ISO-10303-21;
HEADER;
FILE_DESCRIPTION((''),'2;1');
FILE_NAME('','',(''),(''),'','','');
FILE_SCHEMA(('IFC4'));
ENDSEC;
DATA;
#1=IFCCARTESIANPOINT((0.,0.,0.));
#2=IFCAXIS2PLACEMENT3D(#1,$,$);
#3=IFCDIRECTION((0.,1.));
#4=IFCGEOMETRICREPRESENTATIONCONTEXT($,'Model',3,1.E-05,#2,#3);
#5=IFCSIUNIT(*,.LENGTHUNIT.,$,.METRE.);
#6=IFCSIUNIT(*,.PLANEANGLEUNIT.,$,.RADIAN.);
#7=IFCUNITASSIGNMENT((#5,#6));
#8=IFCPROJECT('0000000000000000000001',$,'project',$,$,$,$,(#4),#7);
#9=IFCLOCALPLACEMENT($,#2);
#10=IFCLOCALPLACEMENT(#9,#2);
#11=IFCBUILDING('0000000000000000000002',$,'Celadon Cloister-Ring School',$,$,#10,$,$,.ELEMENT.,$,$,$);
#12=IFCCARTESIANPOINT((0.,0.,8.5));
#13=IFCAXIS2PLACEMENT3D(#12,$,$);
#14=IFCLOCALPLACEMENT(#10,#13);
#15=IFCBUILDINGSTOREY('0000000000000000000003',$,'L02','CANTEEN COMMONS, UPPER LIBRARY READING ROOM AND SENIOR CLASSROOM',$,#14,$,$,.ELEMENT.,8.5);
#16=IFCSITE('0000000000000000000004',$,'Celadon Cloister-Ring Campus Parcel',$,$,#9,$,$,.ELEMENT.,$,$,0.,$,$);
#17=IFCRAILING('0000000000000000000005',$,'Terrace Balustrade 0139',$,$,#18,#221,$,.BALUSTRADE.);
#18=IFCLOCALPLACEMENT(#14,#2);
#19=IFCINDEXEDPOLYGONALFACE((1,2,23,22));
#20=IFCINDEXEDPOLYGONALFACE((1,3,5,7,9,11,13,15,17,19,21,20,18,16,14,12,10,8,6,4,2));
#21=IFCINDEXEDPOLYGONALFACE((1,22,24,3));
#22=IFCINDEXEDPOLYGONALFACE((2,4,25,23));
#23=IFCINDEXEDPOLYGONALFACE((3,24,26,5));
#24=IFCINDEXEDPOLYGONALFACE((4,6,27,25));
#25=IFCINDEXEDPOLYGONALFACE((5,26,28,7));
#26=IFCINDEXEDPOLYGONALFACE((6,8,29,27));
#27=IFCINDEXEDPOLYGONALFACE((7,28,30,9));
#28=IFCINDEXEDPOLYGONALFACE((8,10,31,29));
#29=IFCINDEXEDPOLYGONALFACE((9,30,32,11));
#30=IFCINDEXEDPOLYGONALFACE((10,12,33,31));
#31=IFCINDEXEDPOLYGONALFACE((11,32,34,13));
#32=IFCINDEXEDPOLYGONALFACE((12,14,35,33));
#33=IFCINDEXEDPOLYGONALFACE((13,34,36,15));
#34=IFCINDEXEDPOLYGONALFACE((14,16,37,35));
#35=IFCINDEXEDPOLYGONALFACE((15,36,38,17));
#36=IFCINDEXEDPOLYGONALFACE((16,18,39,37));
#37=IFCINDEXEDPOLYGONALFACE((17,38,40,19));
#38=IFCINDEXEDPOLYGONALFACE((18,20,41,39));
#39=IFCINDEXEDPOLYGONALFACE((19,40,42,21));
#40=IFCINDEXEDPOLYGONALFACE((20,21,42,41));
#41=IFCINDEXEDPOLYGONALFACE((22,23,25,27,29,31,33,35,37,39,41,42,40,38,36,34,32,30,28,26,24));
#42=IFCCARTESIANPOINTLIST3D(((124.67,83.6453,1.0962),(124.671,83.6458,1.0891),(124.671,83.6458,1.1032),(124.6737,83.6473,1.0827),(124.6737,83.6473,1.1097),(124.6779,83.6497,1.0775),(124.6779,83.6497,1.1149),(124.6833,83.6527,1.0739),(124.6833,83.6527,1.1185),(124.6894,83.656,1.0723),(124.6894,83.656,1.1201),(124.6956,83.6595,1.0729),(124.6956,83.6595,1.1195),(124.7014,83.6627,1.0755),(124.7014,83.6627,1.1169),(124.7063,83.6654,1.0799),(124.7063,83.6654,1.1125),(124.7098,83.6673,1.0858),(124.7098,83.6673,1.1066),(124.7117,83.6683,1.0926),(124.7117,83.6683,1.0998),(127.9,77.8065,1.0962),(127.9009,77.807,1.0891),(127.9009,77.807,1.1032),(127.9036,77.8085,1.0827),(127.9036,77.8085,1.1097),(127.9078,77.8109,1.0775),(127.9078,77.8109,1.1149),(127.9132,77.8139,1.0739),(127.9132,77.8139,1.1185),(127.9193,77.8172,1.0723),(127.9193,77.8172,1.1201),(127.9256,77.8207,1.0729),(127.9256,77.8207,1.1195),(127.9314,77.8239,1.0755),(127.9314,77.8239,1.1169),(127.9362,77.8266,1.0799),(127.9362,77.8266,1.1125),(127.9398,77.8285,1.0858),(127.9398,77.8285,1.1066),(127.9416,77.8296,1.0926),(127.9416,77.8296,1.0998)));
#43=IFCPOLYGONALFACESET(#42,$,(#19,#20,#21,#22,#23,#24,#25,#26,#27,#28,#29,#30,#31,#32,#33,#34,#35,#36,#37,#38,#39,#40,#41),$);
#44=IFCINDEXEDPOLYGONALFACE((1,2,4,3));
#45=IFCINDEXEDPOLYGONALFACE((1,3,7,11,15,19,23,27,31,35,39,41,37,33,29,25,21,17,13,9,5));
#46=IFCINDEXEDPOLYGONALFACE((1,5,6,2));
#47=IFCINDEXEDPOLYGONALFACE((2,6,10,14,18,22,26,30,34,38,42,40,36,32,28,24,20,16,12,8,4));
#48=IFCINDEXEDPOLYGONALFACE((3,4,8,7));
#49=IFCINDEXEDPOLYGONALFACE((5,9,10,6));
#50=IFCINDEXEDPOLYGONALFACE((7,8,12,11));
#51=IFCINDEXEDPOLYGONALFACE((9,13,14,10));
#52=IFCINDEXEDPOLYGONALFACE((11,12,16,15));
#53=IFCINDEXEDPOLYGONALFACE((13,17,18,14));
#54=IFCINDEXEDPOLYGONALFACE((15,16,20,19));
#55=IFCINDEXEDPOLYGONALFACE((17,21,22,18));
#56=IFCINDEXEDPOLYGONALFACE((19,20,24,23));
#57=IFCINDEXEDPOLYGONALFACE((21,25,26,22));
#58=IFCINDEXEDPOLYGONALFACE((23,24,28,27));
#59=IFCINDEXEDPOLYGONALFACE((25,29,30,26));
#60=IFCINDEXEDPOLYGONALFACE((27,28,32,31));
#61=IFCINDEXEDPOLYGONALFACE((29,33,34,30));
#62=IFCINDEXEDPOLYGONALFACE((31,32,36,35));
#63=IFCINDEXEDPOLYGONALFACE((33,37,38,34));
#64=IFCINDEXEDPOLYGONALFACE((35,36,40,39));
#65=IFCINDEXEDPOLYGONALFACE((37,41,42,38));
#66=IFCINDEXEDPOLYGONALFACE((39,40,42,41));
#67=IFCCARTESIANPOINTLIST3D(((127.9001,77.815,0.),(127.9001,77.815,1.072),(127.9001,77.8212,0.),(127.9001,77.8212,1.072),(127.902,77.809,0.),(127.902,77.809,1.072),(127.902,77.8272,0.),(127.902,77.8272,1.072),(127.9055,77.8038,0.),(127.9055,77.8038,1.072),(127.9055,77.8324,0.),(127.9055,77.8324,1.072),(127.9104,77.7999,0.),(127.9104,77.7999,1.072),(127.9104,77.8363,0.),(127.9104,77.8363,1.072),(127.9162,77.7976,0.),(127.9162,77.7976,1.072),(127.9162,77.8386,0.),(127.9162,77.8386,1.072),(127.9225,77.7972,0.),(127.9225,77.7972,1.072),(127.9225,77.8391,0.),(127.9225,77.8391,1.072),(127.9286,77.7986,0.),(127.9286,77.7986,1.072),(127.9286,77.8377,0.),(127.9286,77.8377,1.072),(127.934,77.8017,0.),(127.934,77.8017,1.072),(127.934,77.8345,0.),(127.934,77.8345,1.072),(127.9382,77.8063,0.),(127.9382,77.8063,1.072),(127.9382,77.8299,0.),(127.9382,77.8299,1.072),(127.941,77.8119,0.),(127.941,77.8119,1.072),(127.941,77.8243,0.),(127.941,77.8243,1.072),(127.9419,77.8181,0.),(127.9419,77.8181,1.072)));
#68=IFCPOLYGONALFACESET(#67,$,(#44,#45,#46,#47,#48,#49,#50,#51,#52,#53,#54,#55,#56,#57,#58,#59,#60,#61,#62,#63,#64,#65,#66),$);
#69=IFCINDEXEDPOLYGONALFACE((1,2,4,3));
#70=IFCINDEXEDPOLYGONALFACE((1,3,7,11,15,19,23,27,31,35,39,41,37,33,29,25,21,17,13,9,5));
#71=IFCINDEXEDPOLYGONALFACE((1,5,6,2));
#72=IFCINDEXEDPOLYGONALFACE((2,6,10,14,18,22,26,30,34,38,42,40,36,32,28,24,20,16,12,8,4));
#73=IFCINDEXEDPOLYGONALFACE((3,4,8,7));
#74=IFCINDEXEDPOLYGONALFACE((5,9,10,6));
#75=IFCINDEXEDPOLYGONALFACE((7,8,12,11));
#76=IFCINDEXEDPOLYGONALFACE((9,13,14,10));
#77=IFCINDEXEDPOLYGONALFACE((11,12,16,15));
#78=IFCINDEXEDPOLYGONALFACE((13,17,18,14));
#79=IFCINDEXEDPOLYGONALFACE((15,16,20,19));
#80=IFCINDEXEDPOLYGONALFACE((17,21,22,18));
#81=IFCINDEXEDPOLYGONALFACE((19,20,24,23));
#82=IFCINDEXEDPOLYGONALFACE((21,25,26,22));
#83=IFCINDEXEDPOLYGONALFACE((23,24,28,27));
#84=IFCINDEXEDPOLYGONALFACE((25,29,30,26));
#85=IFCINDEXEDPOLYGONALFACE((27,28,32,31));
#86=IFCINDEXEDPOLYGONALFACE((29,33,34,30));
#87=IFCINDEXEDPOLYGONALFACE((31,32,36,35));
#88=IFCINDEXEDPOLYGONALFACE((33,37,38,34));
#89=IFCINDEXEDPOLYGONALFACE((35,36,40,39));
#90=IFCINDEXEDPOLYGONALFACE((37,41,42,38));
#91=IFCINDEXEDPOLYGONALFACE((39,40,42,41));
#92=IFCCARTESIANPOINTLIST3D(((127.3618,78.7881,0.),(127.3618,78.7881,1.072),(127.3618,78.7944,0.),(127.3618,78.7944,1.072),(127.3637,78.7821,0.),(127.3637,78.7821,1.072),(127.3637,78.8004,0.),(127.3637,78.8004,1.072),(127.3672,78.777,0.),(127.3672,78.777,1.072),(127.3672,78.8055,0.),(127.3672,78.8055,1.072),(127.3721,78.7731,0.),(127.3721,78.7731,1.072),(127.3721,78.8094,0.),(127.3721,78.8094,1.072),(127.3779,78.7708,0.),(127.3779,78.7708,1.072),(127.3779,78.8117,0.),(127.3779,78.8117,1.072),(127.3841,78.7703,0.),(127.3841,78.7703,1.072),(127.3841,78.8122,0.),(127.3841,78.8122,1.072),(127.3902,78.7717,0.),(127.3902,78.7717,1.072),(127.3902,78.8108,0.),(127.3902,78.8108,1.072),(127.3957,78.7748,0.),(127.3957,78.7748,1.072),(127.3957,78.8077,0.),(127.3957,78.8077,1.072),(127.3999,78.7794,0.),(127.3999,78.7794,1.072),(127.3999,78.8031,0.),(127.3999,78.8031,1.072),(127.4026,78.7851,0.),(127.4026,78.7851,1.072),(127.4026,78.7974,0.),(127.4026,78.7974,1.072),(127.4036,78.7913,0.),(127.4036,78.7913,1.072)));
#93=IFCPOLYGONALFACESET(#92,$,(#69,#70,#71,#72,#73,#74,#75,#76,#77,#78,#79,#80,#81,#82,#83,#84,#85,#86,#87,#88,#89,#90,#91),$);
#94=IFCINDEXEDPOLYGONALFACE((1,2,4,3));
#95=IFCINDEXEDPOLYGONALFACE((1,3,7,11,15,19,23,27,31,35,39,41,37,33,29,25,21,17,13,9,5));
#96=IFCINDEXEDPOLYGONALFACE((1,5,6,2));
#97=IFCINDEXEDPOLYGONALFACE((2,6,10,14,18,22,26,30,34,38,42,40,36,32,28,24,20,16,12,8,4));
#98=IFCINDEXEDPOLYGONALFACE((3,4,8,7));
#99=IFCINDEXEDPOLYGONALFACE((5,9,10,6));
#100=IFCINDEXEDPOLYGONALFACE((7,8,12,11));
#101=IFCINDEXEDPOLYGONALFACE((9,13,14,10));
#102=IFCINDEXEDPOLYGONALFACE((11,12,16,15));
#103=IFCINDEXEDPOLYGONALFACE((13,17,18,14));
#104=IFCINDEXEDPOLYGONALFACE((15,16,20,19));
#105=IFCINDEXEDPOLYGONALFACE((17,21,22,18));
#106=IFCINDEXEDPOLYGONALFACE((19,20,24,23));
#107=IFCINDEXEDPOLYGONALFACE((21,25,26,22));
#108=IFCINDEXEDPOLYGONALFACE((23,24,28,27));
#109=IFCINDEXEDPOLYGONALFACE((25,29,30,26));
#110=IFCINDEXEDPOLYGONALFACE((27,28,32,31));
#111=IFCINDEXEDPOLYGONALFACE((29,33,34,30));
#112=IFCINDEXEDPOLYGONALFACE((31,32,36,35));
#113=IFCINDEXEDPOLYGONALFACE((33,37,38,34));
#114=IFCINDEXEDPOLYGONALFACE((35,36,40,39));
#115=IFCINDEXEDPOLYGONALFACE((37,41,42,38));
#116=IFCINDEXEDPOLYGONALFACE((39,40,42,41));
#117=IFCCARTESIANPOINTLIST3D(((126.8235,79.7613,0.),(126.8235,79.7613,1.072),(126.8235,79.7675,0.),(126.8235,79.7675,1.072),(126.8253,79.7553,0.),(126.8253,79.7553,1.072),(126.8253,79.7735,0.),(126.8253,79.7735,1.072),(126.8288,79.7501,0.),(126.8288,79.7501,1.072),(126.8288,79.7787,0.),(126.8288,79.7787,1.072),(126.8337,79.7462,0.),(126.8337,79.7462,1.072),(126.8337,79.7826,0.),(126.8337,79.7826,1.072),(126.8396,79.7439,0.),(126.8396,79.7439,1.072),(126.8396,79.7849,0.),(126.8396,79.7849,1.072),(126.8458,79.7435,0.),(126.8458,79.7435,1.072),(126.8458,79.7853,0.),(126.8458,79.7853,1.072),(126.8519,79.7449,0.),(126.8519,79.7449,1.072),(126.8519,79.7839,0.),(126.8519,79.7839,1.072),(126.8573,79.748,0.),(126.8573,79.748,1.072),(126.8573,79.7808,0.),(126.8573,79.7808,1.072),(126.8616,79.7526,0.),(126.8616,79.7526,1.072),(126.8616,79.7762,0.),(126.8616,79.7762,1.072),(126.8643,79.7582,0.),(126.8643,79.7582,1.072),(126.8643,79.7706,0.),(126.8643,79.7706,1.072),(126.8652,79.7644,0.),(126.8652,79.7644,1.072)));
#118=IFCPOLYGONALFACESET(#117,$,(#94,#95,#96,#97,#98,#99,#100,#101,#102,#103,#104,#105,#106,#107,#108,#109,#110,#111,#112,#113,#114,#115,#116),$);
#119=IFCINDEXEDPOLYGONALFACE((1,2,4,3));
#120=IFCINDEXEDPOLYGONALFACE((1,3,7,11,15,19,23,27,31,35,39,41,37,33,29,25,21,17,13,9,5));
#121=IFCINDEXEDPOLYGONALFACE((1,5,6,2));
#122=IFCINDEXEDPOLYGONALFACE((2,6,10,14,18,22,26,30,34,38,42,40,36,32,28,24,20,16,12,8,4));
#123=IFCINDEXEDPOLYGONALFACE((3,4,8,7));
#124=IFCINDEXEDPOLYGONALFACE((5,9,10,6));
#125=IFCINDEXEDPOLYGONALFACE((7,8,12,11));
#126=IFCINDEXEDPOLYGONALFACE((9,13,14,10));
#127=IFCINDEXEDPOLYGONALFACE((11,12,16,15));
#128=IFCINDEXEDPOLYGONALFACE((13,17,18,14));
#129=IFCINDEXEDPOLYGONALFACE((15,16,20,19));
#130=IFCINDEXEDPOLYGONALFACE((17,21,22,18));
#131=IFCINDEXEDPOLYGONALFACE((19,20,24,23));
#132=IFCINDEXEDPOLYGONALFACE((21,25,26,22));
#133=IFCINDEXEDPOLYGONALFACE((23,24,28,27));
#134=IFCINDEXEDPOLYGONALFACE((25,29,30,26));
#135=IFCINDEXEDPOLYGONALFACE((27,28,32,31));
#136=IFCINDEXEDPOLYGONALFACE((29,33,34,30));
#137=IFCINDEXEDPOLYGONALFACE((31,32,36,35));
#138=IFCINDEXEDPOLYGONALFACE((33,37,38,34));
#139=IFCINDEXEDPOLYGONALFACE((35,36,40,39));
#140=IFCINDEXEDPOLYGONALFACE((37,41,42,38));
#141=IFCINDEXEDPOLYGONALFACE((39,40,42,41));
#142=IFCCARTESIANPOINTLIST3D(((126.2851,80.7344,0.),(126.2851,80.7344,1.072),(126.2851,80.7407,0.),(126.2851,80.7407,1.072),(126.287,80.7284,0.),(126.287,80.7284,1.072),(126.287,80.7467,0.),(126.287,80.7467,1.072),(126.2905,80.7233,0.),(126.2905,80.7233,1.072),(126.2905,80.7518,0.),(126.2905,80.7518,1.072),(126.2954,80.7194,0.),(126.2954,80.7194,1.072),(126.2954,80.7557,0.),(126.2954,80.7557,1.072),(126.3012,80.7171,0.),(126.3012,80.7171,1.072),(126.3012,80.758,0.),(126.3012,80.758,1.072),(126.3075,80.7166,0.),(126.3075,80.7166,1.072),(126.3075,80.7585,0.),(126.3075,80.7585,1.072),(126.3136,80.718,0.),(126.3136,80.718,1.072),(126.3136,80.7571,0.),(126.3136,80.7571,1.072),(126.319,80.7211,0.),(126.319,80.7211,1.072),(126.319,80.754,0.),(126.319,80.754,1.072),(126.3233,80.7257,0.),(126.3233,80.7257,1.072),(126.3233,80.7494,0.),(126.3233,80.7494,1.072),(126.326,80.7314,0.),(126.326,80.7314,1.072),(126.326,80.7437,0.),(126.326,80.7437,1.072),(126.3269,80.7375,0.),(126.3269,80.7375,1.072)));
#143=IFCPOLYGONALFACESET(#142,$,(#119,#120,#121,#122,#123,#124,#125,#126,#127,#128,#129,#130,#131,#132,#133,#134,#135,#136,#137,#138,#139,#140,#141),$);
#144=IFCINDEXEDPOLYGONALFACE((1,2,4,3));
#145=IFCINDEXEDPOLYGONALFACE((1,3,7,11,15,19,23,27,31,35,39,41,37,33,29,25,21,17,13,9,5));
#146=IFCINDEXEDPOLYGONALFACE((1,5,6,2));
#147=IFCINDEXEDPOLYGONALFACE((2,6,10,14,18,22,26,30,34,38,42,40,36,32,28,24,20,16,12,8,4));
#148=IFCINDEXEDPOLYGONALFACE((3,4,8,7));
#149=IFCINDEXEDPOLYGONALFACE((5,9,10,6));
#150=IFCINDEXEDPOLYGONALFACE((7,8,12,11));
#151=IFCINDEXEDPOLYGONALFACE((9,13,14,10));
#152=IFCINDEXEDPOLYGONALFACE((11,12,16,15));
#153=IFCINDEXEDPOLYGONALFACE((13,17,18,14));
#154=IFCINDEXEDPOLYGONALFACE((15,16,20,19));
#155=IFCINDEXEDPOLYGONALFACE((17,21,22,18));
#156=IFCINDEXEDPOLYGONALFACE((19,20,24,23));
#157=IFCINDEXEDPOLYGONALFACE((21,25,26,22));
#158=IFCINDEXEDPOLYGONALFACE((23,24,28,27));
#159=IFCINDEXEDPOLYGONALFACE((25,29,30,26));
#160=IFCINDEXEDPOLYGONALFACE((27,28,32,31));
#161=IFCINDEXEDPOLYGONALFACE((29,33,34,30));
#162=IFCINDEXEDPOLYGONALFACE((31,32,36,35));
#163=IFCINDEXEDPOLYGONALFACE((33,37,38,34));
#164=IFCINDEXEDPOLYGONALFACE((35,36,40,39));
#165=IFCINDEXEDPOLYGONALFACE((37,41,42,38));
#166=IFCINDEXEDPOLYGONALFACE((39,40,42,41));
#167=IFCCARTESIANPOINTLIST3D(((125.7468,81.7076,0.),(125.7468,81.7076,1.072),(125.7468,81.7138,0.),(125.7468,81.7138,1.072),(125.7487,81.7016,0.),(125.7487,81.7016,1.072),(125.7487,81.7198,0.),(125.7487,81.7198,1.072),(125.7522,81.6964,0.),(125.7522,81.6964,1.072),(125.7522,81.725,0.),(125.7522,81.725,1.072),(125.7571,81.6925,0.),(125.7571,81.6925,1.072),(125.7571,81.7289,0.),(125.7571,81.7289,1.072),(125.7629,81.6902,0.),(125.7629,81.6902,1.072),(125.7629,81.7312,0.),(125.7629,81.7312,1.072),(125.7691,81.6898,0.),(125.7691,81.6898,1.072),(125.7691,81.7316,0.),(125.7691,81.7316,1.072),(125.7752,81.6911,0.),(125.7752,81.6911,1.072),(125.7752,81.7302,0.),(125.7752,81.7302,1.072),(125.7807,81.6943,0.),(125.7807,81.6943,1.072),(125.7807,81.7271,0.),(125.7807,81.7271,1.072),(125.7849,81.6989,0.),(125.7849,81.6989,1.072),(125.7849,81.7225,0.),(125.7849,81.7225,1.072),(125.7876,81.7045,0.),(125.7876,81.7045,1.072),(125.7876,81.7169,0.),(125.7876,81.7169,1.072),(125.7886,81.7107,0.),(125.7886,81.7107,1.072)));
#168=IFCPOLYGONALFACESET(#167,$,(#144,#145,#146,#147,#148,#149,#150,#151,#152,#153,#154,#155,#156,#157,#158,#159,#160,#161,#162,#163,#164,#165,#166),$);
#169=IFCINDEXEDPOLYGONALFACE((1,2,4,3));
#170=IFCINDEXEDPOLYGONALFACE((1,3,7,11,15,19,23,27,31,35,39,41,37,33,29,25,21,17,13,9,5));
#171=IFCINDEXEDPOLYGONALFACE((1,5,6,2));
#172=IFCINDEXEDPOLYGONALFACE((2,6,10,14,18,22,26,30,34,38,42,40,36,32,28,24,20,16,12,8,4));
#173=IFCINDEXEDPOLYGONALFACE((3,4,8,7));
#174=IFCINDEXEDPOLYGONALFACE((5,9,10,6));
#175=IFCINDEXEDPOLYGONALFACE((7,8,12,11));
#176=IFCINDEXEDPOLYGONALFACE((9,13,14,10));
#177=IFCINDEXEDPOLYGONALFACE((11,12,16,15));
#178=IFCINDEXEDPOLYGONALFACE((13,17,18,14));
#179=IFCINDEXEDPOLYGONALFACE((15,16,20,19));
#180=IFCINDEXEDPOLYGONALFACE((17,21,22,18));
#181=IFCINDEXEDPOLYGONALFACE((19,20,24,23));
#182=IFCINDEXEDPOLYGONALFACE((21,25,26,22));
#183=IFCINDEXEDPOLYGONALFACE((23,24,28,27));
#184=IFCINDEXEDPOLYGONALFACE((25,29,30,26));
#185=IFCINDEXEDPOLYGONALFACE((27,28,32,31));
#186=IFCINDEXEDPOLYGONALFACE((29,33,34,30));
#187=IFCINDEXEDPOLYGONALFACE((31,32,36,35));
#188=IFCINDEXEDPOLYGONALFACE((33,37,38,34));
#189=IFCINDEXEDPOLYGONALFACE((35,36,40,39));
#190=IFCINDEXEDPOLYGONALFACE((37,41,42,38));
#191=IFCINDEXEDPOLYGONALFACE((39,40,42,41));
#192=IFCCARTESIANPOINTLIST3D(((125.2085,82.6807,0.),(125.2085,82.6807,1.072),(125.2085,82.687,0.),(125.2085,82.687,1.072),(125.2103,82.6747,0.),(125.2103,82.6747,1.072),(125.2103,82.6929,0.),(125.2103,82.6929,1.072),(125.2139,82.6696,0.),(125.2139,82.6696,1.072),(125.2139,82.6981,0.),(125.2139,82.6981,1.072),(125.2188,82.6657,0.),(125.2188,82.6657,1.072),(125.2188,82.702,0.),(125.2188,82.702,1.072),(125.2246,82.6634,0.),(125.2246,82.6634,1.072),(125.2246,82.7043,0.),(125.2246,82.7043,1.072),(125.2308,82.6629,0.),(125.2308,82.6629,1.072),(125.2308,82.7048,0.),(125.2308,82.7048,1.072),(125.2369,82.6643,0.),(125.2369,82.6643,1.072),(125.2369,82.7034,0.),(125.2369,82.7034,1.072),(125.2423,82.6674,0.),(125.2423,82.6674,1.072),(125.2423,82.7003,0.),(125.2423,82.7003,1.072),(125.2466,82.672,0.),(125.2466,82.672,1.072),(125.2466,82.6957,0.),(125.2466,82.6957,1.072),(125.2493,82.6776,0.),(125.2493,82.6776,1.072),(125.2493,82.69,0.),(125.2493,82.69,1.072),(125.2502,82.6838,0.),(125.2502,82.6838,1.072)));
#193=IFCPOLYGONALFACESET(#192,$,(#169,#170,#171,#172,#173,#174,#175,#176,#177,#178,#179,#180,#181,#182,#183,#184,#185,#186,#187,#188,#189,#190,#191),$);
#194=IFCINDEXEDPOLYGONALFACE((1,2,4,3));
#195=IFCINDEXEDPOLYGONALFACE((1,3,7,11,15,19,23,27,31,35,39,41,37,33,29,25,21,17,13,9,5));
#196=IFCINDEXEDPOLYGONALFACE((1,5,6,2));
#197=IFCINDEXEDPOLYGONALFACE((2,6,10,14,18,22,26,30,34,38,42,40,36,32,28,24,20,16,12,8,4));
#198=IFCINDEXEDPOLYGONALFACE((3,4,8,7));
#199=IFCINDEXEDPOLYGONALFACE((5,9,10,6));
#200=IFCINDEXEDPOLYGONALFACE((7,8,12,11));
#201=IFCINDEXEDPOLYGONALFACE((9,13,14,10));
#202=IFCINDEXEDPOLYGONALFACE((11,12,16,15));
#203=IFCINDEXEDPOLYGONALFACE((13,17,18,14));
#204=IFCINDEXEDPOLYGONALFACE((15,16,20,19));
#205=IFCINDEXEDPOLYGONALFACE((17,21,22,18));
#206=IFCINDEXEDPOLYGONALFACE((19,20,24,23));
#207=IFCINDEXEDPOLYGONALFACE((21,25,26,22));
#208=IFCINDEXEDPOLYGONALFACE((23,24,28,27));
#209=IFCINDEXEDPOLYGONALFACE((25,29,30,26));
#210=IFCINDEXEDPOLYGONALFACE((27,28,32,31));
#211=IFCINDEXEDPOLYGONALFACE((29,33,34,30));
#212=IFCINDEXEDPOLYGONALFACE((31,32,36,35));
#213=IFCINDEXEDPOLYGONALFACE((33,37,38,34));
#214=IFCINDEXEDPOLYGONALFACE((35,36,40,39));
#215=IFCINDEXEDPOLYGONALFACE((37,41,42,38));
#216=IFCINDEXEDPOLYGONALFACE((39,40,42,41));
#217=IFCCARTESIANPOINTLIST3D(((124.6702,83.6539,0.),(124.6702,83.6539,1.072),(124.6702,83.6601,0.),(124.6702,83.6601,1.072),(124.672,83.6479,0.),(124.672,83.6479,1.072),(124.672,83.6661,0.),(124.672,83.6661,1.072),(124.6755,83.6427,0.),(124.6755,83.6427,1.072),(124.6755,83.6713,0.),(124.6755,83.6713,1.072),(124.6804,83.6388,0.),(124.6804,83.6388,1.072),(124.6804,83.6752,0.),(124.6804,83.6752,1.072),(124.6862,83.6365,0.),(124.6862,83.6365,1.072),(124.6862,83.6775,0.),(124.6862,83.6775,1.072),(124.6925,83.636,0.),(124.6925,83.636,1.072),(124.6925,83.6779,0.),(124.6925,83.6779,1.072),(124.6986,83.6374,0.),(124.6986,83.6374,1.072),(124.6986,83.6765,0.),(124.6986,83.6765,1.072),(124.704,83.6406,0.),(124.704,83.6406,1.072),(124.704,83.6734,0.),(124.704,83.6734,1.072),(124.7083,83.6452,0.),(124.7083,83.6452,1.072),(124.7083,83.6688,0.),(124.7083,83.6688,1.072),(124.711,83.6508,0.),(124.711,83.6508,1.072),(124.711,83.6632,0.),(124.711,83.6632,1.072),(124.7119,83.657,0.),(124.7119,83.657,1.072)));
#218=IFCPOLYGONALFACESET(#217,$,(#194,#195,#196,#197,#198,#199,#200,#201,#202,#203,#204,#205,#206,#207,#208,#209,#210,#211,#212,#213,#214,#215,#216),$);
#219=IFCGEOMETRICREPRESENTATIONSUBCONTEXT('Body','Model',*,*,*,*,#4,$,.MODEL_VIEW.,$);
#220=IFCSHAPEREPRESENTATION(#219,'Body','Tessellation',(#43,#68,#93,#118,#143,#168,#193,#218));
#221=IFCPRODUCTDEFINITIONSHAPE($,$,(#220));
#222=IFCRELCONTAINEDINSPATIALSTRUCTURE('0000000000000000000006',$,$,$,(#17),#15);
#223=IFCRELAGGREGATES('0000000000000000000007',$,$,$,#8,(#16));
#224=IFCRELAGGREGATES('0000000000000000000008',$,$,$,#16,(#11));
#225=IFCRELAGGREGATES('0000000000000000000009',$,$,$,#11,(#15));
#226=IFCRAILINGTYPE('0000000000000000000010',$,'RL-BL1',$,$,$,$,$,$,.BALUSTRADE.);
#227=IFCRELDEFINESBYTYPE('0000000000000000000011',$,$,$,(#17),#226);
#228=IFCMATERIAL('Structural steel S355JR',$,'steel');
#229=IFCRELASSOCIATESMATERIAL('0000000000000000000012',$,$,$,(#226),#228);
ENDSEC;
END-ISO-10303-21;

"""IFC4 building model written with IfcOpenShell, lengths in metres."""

from ifc_helpers import new_model, si_unit, direction, frame, origin, origin_2d, place, context, subcontext, project, spatial, circle, extrude, material, type_object, element, save


model = new_model("IFC4")

# Units and contexts
model_context = context("Model", 3, precision=1e-05, world=origin(), true_north=direction((0.0, 1.0)))
body_context = subcontext(model_context, "Body", "Model", "MODEL_VIEW")
ifc_project = project(units=[si_unit("LENGTHUNIT", "METRE"), si_unit("PLANEANGLEUNIT", "RADIAN")], contexts=[model_context])

# Site, building, storey
site_placement = place(None, origin())
site = spatial("IfcSite", under=ifc_project, at=site_placement, Name="Celadon Cloister-Ring Campus Parcel", CompositionType="ELEMENT", RefElevation=0.0)
building_placement = place(site_placement, origin())
building = spatial("IfcBuilding", under=site, at=building_placement, Name="Celadon Cloister-Ring School", CompositionType="ELEMENT")
storey_placement = place(building_placement, frame((0.0, 0.0, 8.5)))
storey = spatial("IfcBuildingStorey", under=building, at=storey_placement, Name="L02", Description="CANTEEN COMMONS, UPPER LIBRARY READING ROOM AND SENIOR CLASSROOM", CompositionType="ELEMENT", Elevation=8.5)

# Railing
ifc_material_1 = material(Name="Structural steel S355JR", Category="steel")
railing_type = type_object("IfcRailingType", Name="RL-BL1", PredefinedType="BALUSTRADE", material=ifc_material_1)
railing_1_placement = place(storey_placement, frame((127.9209, 77.8181, 0.0)))
element("IfcRailing", 1, at=railing_1_placement, inside=storey, type_object=railing_type, Name="Terrace Balustrade 0139", PredefinedType="BALUSTRADE", context=body_context, shape_type="SweptSolid", body=[
    extrude(circle(Radius=0.0239, at=origin_2d()), frame((0.0, 0.0, 1.0962), z_axis=(-0.484058, 0.875036, 0.0), x_axis=(-0.875036, -0.484058, 0.0)), (0.0, 0.0, 1.0), 6.6726),
    extrude(circle(Radius=0.021, at=origin_2d()), origin(), (0.0, 0.0, 1.0), 1.072),
    extrude(circle(Radius=0.021, at=origin_2d()), frame((-0.5383, 0.9731, 0.0)), (0.0, 0.0, 1.0), 1.072),
    extrude(circle(Radius=0.021, at=origin_2d()), frame((-1.0767, 1.9463, 0.0)), (0.0, 0.0, 1.0), 1.072),
    extrude(circle(Radius=0.021, at=origin_2d()), frame((-1.615, 2.9194, 0.0)), (0.0, 0.0, 1.0), 1.072),
    extrude(circle(Radius=0.021, at=origin_2d()), frame((-2.1533, 3.8926, 0.0)), (0.0, 0.0, 1.0), 1.072),
    extrude(circle(Radius=0.021, at=origin_2d()), frame((-2.6917, 4.8657, 0.0)), (0.0, 0.0, 1.0), 1.072),
    extrude(circle(Radius=0.021, at=origin_2d()), frame((-3.23, 5.8389, 0.0)), (0.0, 0.0, 1.0), 1.072),
])

save(model, "model.ifc")
